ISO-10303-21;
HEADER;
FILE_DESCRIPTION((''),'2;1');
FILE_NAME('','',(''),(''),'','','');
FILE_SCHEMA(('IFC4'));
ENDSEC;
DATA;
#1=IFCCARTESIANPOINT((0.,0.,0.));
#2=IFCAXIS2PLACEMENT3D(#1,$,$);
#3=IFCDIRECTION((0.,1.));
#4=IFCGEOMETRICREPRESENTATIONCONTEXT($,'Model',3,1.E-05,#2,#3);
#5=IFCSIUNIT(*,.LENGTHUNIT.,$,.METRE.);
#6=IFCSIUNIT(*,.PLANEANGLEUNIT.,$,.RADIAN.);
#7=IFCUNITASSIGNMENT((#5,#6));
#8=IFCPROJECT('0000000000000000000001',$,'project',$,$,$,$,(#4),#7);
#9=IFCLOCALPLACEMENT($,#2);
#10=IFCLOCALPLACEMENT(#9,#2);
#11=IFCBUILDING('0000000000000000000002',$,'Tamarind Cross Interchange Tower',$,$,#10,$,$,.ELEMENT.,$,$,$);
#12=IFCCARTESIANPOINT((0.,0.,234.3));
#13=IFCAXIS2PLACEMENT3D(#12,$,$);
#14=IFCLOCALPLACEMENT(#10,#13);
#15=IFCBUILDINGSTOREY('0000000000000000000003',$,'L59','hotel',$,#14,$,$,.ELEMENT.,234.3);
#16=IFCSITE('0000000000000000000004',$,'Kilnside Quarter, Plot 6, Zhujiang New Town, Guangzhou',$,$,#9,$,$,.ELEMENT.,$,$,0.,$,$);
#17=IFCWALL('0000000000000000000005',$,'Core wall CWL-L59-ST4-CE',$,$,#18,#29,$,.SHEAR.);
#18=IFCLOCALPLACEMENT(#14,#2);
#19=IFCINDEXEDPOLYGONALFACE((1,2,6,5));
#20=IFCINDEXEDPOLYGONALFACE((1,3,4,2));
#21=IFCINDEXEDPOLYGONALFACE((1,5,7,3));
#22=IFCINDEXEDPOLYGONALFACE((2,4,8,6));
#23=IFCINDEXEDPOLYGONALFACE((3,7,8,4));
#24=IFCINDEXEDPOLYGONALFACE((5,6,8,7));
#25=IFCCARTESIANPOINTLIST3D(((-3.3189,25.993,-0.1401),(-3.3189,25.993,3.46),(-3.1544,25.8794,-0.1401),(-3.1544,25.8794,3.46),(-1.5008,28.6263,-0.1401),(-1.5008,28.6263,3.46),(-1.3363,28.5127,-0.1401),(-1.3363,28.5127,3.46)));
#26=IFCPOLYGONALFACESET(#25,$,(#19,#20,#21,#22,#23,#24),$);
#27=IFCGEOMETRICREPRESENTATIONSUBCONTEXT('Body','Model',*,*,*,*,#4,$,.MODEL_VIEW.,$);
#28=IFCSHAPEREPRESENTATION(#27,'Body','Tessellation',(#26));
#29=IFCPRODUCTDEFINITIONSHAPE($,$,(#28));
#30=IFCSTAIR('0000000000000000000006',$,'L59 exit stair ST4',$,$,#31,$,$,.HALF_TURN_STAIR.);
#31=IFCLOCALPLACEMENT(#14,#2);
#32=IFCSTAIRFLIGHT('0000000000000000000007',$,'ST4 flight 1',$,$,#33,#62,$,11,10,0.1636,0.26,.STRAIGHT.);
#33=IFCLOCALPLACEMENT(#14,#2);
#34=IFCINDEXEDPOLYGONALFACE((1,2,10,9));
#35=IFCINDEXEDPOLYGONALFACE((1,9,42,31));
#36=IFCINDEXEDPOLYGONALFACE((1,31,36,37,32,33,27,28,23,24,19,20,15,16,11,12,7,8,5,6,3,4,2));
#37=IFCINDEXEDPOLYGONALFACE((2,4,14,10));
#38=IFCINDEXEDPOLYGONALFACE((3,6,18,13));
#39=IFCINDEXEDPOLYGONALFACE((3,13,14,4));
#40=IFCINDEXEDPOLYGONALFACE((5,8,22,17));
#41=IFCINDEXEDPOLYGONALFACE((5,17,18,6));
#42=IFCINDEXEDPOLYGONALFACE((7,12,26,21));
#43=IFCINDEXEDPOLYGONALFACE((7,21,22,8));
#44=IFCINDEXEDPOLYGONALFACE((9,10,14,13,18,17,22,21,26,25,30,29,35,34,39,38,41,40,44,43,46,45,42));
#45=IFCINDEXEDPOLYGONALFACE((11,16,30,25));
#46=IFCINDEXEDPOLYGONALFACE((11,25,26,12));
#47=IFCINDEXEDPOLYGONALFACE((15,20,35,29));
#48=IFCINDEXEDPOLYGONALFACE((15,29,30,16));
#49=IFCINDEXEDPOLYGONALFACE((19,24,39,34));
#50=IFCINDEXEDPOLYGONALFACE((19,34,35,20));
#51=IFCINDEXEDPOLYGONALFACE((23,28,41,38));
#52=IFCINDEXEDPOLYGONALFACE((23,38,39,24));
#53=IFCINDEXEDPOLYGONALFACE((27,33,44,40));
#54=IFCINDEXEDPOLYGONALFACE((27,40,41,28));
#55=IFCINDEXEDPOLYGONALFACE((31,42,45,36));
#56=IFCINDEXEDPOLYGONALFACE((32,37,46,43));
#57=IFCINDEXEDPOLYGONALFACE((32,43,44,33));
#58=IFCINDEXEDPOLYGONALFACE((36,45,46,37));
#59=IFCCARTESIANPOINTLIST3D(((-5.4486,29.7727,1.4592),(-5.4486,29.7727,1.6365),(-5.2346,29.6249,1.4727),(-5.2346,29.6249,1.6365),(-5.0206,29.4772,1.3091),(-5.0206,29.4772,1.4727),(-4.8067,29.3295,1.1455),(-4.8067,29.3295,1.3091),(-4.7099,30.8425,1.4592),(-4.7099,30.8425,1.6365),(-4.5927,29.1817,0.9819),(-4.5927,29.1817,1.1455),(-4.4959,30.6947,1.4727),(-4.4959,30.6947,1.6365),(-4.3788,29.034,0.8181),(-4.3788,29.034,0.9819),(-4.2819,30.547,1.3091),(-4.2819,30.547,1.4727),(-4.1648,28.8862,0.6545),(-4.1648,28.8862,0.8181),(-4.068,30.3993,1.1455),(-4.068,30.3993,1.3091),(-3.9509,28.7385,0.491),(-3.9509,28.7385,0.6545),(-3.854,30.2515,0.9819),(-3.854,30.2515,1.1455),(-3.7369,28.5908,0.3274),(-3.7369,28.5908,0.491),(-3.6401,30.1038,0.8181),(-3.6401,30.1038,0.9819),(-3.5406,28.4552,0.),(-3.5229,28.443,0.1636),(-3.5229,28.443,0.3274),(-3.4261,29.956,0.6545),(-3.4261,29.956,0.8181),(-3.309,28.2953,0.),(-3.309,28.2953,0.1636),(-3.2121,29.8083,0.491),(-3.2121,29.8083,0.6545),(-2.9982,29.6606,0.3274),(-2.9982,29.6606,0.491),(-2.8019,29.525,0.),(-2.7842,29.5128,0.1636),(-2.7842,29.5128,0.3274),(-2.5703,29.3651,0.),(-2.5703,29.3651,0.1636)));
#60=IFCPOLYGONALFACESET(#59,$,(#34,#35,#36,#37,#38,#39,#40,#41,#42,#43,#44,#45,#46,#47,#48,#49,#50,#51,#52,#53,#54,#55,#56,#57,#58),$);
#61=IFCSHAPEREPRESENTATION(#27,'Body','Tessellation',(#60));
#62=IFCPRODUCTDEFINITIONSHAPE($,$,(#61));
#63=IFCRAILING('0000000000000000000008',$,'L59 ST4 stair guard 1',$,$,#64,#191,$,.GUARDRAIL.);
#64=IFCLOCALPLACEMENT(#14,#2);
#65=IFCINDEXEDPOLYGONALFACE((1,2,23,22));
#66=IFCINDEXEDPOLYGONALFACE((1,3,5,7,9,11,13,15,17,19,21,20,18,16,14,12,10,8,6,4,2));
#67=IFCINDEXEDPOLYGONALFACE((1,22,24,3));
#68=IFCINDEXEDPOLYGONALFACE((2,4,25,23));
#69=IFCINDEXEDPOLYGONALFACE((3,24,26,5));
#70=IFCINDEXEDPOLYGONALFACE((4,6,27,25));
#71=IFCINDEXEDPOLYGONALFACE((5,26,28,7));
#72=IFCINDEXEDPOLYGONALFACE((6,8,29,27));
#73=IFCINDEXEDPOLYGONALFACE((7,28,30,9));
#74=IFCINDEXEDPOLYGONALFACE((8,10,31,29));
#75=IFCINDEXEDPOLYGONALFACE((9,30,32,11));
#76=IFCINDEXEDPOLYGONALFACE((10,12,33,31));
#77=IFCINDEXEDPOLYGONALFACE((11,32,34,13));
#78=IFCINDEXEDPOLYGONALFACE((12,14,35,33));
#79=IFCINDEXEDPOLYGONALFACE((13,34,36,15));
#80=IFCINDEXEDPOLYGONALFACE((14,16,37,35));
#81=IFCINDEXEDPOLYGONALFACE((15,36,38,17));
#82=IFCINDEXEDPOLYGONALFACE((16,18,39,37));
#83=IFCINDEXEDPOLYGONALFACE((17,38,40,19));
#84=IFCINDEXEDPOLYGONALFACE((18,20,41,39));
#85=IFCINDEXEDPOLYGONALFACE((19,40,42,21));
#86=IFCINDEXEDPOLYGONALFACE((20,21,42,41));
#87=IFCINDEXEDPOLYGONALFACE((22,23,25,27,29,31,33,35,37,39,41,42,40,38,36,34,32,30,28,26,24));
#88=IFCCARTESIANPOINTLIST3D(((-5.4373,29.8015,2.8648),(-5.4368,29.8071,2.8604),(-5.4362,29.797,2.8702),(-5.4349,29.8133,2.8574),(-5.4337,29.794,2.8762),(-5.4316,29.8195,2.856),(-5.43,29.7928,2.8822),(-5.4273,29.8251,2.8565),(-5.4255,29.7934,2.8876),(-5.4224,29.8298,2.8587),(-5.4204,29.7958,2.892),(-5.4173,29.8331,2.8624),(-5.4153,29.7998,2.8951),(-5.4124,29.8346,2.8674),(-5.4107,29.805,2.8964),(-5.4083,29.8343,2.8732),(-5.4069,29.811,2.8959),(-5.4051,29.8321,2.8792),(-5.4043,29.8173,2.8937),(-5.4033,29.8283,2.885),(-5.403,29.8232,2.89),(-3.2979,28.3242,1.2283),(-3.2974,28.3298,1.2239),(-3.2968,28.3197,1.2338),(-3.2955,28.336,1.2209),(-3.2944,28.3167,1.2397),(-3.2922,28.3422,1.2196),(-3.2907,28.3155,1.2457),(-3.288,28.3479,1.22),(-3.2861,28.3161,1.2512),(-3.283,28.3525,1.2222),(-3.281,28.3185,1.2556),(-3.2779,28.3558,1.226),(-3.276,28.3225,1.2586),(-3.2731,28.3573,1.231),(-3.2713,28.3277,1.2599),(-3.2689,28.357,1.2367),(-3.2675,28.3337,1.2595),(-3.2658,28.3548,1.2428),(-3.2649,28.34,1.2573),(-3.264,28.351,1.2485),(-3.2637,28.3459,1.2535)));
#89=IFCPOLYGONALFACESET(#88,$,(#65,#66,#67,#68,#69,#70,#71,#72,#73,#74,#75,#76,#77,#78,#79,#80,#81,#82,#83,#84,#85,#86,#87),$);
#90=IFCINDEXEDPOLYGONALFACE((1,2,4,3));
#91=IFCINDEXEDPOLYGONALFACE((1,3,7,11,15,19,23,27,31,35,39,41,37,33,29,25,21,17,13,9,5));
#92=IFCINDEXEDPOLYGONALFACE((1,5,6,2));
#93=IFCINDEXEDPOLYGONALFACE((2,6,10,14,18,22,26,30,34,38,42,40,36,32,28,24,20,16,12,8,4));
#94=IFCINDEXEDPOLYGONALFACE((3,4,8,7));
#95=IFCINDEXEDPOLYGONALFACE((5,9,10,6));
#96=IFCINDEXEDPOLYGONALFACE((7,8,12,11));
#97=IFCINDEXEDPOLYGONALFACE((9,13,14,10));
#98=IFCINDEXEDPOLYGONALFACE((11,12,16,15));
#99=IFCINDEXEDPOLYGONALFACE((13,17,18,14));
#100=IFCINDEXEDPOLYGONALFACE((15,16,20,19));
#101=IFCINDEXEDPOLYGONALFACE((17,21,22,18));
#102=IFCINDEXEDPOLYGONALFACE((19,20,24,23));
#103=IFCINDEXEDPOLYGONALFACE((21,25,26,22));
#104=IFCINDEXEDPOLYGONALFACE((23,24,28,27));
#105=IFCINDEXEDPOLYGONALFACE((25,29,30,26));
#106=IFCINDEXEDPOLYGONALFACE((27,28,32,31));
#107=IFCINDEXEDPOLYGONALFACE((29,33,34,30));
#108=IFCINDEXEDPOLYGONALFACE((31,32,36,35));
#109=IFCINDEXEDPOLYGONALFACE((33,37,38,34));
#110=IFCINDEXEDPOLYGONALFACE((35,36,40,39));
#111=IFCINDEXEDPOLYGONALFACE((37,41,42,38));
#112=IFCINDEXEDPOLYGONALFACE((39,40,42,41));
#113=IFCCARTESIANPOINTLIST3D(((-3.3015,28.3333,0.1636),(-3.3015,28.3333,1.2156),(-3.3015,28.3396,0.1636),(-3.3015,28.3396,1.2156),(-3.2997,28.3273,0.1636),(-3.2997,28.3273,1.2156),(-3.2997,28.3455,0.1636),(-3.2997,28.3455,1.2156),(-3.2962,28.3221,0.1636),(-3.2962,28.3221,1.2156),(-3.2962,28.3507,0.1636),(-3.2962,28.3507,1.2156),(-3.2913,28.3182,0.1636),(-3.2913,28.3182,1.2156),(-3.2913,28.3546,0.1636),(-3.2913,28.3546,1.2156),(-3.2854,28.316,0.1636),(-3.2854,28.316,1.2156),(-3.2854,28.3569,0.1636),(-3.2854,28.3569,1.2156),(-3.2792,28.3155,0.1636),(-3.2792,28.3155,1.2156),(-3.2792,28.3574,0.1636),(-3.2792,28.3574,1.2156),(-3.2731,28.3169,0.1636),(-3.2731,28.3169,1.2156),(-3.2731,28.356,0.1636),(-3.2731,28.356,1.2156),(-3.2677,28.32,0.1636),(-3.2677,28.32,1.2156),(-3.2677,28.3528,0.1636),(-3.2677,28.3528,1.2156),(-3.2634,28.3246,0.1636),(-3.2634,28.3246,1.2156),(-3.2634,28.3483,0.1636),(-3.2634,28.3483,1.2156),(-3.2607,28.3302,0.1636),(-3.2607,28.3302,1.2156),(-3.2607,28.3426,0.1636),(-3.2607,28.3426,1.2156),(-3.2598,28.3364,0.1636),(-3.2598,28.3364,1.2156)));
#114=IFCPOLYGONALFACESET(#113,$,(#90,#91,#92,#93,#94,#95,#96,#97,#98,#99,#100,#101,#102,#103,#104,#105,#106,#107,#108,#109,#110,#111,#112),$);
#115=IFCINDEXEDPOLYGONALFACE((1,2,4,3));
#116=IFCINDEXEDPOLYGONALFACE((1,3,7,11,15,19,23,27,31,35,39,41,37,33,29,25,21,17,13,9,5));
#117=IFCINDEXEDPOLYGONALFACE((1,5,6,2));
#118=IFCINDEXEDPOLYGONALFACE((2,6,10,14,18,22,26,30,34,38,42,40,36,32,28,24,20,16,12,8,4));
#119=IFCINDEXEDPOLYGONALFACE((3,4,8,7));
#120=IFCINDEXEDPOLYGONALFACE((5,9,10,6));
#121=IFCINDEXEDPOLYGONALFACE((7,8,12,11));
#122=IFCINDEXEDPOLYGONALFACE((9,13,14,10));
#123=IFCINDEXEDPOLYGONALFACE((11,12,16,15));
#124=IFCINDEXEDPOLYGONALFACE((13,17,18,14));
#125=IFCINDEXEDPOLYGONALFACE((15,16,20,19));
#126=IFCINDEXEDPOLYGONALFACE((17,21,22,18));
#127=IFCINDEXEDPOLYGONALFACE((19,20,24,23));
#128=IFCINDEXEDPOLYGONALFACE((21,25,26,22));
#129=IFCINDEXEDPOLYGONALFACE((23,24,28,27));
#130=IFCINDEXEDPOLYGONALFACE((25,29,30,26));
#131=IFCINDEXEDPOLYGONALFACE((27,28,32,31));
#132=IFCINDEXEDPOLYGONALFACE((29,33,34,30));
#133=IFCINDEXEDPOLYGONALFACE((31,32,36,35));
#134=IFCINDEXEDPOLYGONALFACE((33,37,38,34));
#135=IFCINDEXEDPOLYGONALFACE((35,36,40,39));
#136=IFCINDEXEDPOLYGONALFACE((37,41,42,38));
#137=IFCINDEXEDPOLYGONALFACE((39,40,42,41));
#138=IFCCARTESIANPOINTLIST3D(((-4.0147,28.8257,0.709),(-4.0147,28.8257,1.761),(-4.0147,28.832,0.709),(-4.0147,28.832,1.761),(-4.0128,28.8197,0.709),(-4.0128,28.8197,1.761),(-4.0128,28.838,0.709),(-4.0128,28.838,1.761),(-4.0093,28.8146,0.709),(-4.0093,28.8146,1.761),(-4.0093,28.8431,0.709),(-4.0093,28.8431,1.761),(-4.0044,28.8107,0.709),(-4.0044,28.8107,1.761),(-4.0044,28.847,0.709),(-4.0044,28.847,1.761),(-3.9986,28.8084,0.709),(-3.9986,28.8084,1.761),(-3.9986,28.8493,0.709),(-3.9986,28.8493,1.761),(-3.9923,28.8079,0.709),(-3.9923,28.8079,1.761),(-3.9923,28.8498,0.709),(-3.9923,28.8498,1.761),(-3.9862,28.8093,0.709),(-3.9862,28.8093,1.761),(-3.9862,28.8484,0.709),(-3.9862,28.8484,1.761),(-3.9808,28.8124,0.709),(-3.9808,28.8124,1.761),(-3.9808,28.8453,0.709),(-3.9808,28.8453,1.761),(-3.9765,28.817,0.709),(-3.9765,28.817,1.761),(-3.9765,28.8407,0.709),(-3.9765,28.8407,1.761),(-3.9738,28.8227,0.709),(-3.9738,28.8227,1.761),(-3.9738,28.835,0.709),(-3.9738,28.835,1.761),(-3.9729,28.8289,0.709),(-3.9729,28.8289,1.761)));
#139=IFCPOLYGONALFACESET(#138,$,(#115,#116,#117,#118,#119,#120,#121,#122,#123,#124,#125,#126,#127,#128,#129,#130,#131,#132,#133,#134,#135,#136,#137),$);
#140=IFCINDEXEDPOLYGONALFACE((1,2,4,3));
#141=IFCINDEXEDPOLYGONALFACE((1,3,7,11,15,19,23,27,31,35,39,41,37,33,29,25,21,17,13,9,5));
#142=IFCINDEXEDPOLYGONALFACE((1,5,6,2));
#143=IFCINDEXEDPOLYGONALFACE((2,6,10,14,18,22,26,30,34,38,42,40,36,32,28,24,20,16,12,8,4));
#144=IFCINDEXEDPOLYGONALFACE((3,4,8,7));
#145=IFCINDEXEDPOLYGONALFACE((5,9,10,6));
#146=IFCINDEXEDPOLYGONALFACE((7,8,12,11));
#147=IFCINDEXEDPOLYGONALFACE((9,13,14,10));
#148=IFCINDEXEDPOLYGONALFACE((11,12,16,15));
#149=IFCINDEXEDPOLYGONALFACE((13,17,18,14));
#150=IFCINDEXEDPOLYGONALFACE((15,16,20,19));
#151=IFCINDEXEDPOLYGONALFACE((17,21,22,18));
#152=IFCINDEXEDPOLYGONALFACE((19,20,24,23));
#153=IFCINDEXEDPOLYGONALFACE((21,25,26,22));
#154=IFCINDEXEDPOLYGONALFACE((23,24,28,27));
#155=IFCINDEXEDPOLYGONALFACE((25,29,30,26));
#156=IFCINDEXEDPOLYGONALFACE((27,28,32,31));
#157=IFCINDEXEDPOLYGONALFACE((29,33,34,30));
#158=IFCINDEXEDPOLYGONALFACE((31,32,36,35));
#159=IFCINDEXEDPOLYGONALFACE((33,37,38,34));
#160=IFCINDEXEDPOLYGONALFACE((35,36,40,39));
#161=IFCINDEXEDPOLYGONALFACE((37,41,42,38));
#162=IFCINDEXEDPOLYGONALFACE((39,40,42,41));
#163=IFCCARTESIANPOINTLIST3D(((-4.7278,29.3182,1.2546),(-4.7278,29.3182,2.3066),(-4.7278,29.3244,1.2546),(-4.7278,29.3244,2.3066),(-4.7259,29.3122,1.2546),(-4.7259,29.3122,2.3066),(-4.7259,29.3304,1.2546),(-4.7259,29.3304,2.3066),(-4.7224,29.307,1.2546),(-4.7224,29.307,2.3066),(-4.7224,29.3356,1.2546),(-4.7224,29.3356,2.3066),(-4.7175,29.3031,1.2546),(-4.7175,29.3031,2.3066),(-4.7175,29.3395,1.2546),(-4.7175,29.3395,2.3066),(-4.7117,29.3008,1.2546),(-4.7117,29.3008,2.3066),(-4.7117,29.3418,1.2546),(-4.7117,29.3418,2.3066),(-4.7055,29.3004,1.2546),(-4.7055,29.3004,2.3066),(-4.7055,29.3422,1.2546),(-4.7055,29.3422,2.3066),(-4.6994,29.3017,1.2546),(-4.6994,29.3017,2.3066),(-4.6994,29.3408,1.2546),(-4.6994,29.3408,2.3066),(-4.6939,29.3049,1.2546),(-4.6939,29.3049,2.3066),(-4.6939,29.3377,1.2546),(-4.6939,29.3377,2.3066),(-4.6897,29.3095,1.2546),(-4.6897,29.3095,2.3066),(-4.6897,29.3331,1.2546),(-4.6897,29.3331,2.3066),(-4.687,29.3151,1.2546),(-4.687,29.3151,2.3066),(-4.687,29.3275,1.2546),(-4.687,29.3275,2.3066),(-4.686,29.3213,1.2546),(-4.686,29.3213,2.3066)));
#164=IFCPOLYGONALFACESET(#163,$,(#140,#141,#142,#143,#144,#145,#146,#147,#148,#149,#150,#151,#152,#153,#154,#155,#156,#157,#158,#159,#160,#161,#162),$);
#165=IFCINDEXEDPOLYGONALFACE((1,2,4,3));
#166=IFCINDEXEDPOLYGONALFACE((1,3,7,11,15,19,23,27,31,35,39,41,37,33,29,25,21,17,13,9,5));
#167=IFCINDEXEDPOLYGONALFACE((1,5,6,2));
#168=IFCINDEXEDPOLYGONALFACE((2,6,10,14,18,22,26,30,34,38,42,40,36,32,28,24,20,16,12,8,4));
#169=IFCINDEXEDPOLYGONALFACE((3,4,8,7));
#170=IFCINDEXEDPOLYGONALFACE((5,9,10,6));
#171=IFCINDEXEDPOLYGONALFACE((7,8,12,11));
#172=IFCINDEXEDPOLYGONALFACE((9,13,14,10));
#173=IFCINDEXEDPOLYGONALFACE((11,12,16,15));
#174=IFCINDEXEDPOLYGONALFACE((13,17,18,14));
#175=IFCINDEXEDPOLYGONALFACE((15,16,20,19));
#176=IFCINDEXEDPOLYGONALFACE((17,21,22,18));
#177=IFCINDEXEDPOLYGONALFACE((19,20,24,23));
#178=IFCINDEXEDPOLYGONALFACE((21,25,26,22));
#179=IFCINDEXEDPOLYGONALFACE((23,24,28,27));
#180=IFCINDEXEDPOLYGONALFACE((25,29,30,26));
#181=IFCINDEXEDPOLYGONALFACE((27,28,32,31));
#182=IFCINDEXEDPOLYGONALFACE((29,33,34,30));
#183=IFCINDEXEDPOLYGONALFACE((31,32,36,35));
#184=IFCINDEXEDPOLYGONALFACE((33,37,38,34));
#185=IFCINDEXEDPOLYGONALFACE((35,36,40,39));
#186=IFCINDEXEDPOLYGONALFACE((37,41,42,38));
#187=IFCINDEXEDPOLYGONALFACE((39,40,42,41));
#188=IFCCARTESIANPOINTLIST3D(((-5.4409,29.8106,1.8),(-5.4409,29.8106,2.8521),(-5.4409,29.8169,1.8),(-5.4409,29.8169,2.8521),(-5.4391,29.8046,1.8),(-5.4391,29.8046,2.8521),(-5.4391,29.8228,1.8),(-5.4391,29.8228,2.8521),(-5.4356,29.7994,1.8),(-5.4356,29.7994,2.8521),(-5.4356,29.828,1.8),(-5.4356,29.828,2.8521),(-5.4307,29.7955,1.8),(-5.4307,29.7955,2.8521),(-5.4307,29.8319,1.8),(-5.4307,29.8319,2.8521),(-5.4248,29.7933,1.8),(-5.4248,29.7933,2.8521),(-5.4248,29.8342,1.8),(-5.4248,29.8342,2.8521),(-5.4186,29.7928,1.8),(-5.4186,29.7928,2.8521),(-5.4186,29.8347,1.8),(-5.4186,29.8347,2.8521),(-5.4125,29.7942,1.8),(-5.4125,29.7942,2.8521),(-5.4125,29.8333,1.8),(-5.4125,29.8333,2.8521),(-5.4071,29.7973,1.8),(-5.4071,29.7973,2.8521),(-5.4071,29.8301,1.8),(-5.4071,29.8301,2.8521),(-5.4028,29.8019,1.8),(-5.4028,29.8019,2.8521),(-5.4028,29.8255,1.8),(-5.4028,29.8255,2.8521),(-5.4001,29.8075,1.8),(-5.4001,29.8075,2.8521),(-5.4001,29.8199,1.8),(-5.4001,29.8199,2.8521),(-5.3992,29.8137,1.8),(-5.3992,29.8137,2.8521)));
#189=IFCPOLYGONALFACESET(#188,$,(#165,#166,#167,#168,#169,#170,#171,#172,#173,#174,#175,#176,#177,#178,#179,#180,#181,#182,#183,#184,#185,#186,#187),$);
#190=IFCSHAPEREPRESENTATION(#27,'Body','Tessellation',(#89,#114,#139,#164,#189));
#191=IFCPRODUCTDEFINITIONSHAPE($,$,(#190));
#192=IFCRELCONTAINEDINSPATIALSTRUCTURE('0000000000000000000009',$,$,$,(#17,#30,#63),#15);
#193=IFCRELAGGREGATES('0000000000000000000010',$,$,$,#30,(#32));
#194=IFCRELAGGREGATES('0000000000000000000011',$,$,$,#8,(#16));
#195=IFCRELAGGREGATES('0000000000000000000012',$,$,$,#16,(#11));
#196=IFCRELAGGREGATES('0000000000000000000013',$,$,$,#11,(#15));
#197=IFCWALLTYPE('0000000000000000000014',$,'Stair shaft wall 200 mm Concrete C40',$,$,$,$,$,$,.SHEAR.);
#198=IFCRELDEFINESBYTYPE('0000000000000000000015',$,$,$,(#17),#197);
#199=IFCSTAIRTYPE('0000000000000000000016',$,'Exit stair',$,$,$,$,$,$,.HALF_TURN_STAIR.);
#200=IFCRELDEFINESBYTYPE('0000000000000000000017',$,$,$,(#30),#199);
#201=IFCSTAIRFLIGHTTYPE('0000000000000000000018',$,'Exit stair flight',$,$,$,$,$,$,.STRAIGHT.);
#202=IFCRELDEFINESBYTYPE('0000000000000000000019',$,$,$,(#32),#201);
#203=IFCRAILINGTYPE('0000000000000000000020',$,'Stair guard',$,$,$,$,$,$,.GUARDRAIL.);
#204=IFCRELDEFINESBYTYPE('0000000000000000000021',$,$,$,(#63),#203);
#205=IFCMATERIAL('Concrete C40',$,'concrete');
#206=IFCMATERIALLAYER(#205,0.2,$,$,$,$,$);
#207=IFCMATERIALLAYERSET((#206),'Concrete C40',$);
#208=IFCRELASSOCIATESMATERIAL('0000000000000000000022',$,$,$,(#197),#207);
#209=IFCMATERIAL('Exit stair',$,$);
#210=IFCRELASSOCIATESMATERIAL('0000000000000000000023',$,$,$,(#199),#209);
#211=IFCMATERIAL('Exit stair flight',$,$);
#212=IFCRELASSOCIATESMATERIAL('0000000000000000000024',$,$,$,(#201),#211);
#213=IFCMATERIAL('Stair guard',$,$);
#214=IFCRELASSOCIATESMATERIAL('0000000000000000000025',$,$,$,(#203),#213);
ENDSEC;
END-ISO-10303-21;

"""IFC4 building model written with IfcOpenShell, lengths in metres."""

from ifc_helpers import new_model, si_unit, direction, frame, frame_2d, origin, origin_2d, place, context, subcontext, project, spatial, polyline, rectangle, circle, outline, extrude, material, layer, layer_set, type_object, element, aggregate, save


model = new_model("IFC4")

# Units and contexts
model_context = context("Model", 3, precision=1e-05, world=origin(), true_north=direction((0.0, 1.0)))
body_context = subcontext(model_context, "Body", "Model", "MODEL_VIEW")
ifc_project = project(units=[si_unit("LENGTHUNIT", "METRE"), si_unit("PLANEANGLEUNIT", "RADIAN")], contexts=[model_context])

# Site, building, storey
site_placement = place(None, origin())
site = spatial("IfcSite", under=ifc_project, at=site_placement, Name="Kilnside Quarter, Plot 6, Zhujiang New Town, Guangzhou", CompositionType="ELEMENT", RefElevation=0.0)
building_placement = place(site_placement, origin())
building = spatial("IfcBuilding", under=site, at=building_placement, Name="Tamarind Cross Interchange Tower", CompositionType="ELEMENT")
storey_placement = place(building_placement, frame((0.0, 0.0, 234.3)))
storey = spatial("IfcBuildingStorey", under=building, at=storey_placement, Name="L59", Description="hotel", CompositionType="ELEMENT", Elevation=234.3)

# Shared definitions
ifc_material_1 = material(Name="Concrete C40", Category="concrete")
ifc_layer_1 = layer(ifc_material_1, 0.2)
ifc_layer_set_1 = layer_set([ifc_layer_1], Name="Concrete C40")
wall_type_1 = type_object("IfcWallType", Name="Stair shaft wall 200 mm Concrete C40", PredefinedType="SHEAR", material=ifc_layer_set_1)

# Wall
wall_1_placement = place(storey_placement, frame((-1.4185, 28.5696, -0.1401), z_axis=(0.0, 0.0, 1.0), x_axis=(-0.568166, -0.822914, 0.0)))
element("IfcWall", 1, at=wall_1_placement, inside=storey, type_object=wall_type_1, Name="Core wall CWL-L59-ST4-CE", PredefinedType="SHEAR", context=body_context, shape_type="SweptSolid", body=[
    extrude(rectangle(XDim=3.2, YDim=0.2, at=frame_2d((1.6001, 0.0))), origin(), (0.0, 0.0, 1.0), 3.6001),
])

# Stair, stair flight
ifc_material_2 = material(Name="Exit stair")
stair_type = type_object("IfcStairType", Name="Exit stair", PredefinedType="HALF_TURN_STAIR", material=ifc_material_2)
stair_placement = place(storey_placement, origin())
stair = element("IfcStair", 2, at=stair_placement, inside=storey, type_object=stair_type, Name="L59 exit stair ST4", PredefinedType="HALF_TURN_STAIR")
ifc_material_3 = material(Name="Exit stair flight")
stair_flight_type = type_object("IfcStairFlightType", Name="Exit stair flight", PredefinedType="STRAIGHT", material=ifc_material_3)
stair_flight_placement = place(storey_placement, frame((-2.9397, 28.8301, 0.0), z_axis=(0.0, 0.0, 1.0), x_axis=(-0.822883, 0.568211, 0.0)))
stair_flight = element("IfcStairFlight", 3, at=stair_flight_placement, type_object=stair_flight_type, Name="ST4 flight 1", NumberOfRisers=11, NumberOfTreads=10, PredefinedType="STRAIGHT", RiserHeight=0.1636, TreadLength=0.26, context=body_context, shape_type="SweptSolid", body=[
    extrude(outline(polyline([(0.0, 0.0), (0.0, 0.1636), (0.26, 0.1636), (0.26, 0.3274), (0.52, 0.3274), (0.52, 0.491), (0.78, 0.491), (0.78, 0.6545), (1.04, 0.6545), (1.04, 0.8181), (1.3, 0.8181), (1.3, 0.9819), (1.5601, 0.9819), (1.5601, 1.1455), (1.8201, 1.1455), (1.8201, 1.3091), (2.0801, 1.3091), (2.0801, 1.4727), (2.3401, 1.4727), (2.3401, 1.6365), (2.6001, 1.6365), (2.6001, 1.8), (2.6001, 1.4592), (0.2815, 0.0), (0.0, 0.0)])), frame((0.0, 0.6499, 0.0), z_axis=(0.0, -1.0, 0.0), x_axis=(1.0, 0.0, 0.0)), (0.0, 0.0, 1.0), 1.3),
])
aggregate(stair, [stair_flight])

# Railing
ifc_material_4 = material(Name="Stair guard")
railing_type_1 = type_object("IfcRailingType", Name="Stair guard", PredefinedType="GUARDRAIL", material=ifc_material_4)
railing_1_placement = place(storey_placement, frame((-3.2808, 28.3364, 0.1636)))
element("IfcRailing", 4, at=railing_1_placement, inside=storey, type_object=railing_type_1, Name="L59 ST4 stair guard 1", PredefinedType="GUARDRAIL", context=body_context, shape_type="SweptSolid", body=[
    extrude(circle(Radius=0.0239, at=origin_2d()), frame((0.0, 0.0, 1.0762), z_axis=(-0.696409, 0.480882, 0.532698), x_axis=(-0.568213, -0.822881, 0.0)), (0.0, 0.0, 1.0), 3.072),
    extrude(circle(Radius=0.021, at=origin_2d()), origin(), (0.0, 0.0, 1.0), 1.052),
    extrude(circle(Radius=0.021, at=origin_2d()), frame((-0.7131, 0.4924, 0.5454)), (0.0, 0.0, 1.0), 1.052),
    extrude(circle(Radius=0.021, at=origin_2d()), frame((-1.4263, 0.9849, 1.0911)), (0.0, 0.0, 1.0), 1.052),
    extrude(circle(Radius=0.021, at=origin_2d()), frame((-2.1394, 1.4773, 1.6365)), (0.0, 0.0, 1.0), 1.052),
])

save(model, "model.ifc")
